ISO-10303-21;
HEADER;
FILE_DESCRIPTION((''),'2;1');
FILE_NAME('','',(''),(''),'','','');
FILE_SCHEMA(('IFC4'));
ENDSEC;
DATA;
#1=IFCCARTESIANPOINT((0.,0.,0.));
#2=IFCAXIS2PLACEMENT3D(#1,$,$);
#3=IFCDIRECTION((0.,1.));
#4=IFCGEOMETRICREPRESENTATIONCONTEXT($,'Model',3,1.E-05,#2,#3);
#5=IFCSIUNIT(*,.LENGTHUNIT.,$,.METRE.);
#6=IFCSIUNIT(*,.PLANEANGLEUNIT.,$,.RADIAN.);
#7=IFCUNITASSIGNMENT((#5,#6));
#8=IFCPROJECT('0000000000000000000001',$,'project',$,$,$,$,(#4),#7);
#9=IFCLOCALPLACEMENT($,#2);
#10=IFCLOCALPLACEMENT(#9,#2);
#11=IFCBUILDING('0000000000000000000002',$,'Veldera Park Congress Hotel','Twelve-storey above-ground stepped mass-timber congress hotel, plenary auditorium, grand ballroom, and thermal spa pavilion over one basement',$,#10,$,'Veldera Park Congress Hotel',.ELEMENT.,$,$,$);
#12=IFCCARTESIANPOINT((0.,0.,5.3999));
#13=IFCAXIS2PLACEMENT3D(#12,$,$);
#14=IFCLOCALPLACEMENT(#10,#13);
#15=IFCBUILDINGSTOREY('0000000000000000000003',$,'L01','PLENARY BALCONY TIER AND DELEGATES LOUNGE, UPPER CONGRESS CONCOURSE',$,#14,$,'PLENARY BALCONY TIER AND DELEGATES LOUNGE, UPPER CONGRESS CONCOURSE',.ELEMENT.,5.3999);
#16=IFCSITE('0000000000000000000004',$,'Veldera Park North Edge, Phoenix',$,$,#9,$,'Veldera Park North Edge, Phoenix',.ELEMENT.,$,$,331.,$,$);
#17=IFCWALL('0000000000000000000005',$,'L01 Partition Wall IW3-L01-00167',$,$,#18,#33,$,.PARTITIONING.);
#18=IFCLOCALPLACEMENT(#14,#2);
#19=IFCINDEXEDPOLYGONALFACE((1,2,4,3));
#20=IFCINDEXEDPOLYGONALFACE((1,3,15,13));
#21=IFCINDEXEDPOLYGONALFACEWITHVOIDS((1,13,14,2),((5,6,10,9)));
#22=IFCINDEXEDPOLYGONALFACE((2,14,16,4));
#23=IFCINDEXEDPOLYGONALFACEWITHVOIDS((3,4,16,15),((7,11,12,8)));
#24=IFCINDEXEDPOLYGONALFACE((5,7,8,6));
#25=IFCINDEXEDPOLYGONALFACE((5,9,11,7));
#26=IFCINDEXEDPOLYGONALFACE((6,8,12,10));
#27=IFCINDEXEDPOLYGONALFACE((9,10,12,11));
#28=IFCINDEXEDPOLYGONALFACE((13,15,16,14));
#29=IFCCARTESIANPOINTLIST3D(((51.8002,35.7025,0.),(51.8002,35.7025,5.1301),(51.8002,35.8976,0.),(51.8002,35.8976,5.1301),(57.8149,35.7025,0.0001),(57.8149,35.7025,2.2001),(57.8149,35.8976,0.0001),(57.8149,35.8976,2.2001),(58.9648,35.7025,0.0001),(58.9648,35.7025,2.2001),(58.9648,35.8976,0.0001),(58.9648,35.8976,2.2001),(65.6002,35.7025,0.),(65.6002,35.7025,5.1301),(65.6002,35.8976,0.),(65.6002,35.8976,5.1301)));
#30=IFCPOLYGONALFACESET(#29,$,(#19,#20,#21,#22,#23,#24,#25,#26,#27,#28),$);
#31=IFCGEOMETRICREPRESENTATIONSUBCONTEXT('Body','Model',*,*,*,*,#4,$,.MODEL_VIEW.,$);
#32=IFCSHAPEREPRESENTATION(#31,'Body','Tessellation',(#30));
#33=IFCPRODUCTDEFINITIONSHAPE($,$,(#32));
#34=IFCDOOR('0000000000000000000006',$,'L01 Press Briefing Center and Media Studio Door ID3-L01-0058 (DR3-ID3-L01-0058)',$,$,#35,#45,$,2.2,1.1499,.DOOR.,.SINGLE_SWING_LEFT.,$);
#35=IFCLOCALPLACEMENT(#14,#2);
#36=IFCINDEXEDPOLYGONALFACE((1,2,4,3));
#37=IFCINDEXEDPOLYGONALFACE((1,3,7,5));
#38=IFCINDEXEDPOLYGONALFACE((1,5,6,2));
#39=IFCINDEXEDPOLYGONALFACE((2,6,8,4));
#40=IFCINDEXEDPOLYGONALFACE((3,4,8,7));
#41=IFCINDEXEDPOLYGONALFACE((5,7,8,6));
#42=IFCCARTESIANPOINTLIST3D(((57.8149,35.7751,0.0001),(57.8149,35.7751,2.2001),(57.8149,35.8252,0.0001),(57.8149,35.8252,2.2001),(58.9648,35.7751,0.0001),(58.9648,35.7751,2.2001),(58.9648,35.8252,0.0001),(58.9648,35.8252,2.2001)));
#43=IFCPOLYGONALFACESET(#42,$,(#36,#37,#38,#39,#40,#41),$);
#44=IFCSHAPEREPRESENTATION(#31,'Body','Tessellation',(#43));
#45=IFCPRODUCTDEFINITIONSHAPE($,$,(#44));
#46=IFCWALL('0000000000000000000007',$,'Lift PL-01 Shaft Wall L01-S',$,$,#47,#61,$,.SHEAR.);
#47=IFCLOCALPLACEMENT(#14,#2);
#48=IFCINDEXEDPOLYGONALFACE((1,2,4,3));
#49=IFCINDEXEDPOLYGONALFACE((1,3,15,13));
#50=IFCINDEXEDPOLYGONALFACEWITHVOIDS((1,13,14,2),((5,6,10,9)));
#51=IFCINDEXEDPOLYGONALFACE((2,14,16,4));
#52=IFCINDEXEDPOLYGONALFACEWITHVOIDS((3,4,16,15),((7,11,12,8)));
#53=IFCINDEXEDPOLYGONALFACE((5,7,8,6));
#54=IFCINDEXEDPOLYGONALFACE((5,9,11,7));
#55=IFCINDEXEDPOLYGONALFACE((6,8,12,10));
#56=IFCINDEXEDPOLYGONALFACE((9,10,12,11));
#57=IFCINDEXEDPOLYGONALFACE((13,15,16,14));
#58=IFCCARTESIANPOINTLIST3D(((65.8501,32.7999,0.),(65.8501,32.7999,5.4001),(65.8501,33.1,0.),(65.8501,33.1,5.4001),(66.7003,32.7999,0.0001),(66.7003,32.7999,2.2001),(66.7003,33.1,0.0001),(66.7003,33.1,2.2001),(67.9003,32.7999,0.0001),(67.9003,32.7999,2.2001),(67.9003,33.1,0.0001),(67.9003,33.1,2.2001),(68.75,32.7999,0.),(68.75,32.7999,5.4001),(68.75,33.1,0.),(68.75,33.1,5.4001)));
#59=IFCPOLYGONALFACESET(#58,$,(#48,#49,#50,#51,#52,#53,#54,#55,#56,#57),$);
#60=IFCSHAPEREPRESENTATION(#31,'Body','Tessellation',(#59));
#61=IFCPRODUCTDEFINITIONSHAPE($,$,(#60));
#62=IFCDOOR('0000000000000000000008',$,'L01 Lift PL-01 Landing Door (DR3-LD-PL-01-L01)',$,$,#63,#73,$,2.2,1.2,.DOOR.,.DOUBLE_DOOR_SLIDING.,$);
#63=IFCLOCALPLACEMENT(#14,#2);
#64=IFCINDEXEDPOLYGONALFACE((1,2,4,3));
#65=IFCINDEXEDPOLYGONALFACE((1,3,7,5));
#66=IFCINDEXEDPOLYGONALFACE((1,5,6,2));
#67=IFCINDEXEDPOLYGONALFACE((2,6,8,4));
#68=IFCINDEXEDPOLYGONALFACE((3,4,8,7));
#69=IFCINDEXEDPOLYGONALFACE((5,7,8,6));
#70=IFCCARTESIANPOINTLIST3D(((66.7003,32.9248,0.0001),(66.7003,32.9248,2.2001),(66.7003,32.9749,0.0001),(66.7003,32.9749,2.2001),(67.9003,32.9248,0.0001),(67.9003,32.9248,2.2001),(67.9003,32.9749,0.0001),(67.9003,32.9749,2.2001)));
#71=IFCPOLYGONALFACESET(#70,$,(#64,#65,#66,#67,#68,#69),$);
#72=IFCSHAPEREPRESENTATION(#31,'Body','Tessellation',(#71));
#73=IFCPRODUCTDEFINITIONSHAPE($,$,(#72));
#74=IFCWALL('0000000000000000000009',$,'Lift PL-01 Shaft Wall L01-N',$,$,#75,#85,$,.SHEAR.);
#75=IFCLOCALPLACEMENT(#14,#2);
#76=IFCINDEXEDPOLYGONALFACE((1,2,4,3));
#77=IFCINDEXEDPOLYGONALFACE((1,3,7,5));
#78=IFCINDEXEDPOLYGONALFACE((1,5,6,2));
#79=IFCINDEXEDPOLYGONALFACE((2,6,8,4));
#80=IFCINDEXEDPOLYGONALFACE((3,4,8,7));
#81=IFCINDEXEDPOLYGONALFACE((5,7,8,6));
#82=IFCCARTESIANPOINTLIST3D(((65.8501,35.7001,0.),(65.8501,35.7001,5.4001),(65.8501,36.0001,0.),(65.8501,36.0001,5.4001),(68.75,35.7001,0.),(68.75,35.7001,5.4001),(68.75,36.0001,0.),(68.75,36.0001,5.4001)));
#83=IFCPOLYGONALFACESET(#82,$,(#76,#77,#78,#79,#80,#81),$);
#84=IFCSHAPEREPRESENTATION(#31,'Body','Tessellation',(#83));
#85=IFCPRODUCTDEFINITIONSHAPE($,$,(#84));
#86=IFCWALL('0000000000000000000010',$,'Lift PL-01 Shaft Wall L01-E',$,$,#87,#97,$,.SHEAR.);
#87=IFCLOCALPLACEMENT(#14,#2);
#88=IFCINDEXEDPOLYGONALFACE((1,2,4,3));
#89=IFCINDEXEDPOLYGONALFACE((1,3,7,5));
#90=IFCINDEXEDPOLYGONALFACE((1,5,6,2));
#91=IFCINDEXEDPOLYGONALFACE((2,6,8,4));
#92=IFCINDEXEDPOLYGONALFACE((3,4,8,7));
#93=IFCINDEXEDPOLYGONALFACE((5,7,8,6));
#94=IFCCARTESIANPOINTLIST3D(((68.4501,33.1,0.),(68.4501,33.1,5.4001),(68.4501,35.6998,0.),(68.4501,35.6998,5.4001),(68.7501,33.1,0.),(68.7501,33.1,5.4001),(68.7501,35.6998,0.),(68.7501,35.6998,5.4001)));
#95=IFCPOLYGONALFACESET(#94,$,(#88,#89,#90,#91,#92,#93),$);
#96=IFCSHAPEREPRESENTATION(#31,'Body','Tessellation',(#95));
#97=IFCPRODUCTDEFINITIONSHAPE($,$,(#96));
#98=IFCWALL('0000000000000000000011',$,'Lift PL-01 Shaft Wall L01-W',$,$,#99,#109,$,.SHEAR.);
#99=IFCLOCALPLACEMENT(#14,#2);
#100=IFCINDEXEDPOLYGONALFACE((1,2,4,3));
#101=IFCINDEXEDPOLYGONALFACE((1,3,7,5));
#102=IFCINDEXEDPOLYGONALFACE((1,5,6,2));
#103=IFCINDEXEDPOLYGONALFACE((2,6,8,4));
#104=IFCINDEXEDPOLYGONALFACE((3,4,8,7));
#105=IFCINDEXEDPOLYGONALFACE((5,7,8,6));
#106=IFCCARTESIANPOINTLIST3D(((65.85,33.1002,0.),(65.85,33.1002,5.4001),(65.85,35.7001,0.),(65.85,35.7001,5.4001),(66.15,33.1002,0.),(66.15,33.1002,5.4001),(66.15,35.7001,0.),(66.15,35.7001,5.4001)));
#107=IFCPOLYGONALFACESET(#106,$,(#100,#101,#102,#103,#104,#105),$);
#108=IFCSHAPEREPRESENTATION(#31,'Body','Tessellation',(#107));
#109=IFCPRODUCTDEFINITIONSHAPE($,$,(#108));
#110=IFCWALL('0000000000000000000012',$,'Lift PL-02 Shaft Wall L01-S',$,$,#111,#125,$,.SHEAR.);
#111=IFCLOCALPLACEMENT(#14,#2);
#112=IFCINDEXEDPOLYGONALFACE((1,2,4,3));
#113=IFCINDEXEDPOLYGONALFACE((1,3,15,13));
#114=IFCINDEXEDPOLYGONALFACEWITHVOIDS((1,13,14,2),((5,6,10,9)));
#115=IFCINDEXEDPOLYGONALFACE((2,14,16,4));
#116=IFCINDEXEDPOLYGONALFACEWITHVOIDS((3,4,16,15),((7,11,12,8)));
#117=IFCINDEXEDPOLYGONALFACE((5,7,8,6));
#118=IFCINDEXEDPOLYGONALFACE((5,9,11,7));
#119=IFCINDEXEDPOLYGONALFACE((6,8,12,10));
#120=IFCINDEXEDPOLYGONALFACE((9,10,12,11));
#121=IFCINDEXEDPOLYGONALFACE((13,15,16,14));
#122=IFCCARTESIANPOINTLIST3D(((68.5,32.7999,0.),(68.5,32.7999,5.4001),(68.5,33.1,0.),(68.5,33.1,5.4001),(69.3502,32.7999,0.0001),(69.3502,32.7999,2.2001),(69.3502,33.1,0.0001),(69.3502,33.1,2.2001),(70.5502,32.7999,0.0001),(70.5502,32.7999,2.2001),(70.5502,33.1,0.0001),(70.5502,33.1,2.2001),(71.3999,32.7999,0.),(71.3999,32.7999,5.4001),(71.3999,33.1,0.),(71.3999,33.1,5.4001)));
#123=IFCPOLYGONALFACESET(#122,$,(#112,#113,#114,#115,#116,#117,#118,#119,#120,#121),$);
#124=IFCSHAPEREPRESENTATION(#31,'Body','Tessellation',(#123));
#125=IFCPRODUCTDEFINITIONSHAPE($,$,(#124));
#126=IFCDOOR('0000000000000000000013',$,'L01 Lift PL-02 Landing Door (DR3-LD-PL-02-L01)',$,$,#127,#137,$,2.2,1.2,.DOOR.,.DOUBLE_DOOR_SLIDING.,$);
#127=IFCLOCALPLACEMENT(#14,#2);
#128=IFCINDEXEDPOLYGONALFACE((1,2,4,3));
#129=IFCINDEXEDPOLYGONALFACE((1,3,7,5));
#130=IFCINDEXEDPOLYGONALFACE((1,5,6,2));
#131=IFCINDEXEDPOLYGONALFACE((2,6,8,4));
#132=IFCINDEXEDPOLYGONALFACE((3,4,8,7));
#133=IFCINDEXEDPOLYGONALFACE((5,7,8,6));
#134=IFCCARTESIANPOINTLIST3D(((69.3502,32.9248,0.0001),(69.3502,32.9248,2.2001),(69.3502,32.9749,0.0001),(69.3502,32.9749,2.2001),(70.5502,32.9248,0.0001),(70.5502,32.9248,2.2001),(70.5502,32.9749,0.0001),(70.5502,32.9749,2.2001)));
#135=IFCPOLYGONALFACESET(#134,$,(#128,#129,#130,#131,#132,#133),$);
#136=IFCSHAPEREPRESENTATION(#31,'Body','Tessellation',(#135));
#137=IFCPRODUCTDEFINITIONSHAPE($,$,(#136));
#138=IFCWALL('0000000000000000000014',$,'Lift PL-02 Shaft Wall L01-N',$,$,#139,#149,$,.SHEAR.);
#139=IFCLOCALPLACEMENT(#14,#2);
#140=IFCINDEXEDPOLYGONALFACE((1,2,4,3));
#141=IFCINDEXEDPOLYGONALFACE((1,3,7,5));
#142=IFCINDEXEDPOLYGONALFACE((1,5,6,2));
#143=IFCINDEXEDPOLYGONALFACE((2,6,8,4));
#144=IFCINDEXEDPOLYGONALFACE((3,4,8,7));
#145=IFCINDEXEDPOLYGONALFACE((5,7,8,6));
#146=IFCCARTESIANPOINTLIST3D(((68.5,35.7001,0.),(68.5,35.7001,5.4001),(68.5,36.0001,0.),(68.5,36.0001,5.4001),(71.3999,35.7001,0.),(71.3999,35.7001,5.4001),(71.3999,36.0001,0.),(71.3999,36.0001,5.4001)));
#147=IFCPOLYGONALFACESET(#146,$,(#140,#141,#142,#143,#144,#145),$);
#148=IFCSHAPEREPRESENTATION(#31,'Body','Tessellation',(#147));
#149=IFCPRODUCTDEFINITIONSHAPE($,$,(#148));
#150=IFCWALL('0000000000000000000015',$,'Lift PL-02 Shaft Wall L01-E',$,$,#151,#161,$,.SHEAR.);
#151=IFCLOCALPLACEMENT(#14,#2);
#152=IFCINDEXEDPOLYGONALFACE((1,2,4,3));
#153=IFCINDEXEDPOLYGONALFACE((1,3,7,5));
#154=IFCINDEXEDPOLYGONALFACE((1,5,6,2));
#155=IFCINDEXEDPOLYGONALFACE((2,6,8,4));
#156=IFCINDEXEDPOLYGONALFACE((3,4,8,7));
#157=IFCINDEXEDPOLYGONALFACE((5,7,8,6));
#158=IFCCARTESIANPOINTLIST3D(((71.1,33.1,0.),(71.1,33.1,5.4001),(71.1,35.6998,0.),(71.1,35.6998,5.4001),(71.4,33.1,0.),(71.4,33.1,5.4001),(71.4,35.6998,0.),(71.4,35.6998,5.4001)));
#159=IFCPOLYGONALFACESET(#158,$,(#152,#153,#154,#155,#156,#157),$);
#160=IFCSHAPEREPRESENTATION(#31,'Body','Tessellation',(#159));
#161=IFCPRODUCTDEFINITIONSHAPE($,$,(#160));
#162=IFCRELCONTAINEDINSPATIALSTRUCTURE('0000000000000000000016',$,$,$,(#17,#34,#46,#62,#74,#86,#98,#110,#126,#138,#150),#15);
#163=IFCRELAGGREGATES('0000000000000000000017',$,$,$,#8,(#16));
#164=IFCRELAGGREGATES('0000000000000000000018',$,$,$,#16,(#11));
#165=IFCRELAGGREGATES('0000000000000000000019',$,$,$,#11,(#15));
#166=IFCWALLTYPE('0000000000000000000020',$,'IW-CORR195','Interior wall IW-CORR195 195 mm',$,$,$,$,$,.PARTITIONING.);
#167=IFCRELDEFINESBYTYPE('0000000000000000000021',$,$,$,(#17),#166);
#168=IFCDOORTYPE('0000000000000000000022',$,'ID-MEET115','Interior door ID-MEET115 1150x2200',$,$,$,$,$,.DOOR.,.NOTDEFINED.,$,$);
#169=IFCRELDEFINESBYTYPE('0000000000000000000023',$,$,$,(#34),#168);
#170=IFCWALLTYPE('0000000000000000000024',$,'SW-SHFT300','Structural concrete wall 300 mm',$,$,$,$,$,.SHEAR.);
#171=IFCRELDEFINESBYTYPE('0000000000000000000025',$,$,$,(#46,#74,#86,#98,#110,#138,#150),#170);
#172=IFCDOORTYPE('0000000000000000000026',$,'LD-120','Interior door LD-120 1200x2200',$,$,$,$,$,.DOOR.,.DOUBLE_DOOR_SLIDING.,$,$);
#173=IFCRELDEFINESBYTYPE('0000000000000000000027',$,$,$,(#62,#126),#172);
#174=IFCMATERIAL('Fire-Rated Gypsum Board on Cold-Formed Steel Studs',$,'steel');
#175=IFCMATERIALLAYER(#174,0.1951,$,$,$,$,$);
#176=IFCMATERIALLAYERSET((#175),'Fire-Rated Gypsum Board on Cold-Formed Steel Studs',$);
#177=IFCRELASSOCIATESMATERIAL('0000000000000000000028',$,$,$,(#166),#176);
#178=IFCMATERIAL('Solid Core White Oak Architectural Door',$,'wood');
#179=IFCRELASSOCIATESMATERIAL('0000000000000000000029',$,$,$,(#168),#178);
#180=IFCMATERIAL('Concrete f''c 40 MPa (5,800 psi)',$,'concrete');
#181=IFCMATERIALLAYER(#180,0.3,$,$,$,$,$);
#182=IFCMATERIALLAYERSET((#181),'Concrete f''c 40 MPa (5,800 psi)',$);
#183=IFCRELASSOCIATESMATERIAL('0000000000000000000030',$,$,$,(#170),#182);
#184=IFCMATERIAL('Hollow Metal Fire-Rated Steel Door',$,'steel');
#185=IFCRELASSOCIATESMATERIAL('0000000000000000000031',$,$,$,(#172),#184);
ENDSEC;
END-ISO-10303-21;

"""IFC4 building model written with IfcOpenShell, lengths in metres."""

from ifc_helpers import new_model, si_unit, direction, frame, frame_2d, origin, place, context, subcontext, project, spatial, rectangle, extrude, material, layer, layer_set, type_object, element, fill, save


model = new_model("IFC4")

# Units and contexts
model_context = context("Model", 3, precision=1e-05, world=origin(), true_north=direction((0.0, 1.0)))
body_context = subcontext(model_context, "Body", "Model", "MODEL_VIEW")
ifc_project = project(units=[si_unit("LENGTHUNIT", "METRE"), si_unit("PLANEANGLEUNIT", "RADIAN")], contexts=[model_context])

# Site, building, storey
site_placement = place(None, origin())
site = spatial("IfcSite", under=ifc_project, at=site_placement, Name="Veldera Park North Edge, Phoenix", LongName="Veldera Park North Edge, Phoenix", CompositionType="ELEMENT", RefElevation=331.0)
building_placement = place(site_placement, origin())
building = spatial("IfcBuilding", under=site, at=building_placement, Name="Veldera Park Congress Hotel", Description="Twelve-storey above-ground stepped mass-timber congress hotel, plenary auditorium, grand ballroom, and thermal spa pavilion over one basement", LongName="Veldera Park Congress Hotel", CompositionType="ELEMENT")
storey_placement = place(building_placement, frame((0.0, 0.0, 5.3999)))
storey = spatial("IfcBuildingStorey", under=building, at=storey_placement, Name="L01", Description="PLENARY BALCONY TIER AND DELEGATES LOUNGE, UPPER CONGRESS CONCOURSE", LongName="PLENARY BALCONY TIER AND DELEGATES LOUNGE, UPPER CONGRESS CONCOURSE", CompositionType="ELEMENT", Elevation=5.3999)

# Shared definitions
ifc_material_1 = material(Name="Concrete f'c 40 MPa (5,800 psi)", Category="concrete")

# Shared definitions
ifc_material_2 = material(Name="Fire-Rated Gypsum Board on Cold-Formed Steel Studs", Category="steel")
ifc_layer_1 = layer(ifc_material_2, 0.1951)
ifc_layer_set_1 = layer_set([ifc_layer_1], Name="Fire-Rated Gypsum Board on Cold-Formed Steel Studs")
wall_type_1 = type_object("IfcWallType", Name="IW-CORR195", Description="Interior wall IW-CORR195 195 mm", PredefinedType="PARTITIONING", material=ifc_layer_set_1)

# Walls, openings, doors
wall_1_placement = place(storey_placement, frame((65.6001, 35.8, 0.0), z_axis=(0.0, 0.0, 1.0), x_axis=(-1.0, 0.0, 0.0)))
wall_1 = element("IfcWall", 1, at=wall_1_placement, inside=storey, type_object=wall_type_1, Name="L01 Partition Wall IW3-L01-00167", PredefinedType="PARTITIONING", context=body_context, shape_type="SweptSolid", body=[
    extrude(rectangle(XDim=13.8, YDim=0.1951, at=frame_2d((6.8999, 0.0))), origin(), (0.0, 0.0, 1.0), 5.1301),
])
opening_1_placement = place(wall_1_placement, frame((6.6353, 0.0, 0.0)))
opening_1 = element("IfcOpeningElement", 2, at=opening_1_placement, cuts=wall_1, PredefinedType="OPENING", context=body_context, shape_type="SweptSolid", body=[
    extrude(rectangle(XDim=1.1499, YDim=2.2, at=frame_2d((0.575, 1.1001))), frame((0.0, 0.1096, 0.0), z_axis=(0.0, -1.0, 0.0), x_axis=(1.0, 0.0, 0.0)), (0.0, 0.0, 1.0), 0.219),
])
ifc_material_3 = material(Name="Solid Core White Oak Architectural Door", Category="wood")
door_type_1 = type_object("IfcDoorType", Name="ID-MEET115", Description="Interior door ID-MEET115 1150x2200", OperationType="NOTDEFINED", PredefinedType="DOOR", material=ifc_material_3)
door_1_placement = place(opening_1_placement, origin())
door_1 = element("IfcDoor", 3, at=door_1_placement, inside=storey, type_object=door_type_1, Name="L01 Press Briefing Center and Media Studio Door ID3-L01-0058 (DR3-ID3-L01-0058)", OperationType="SINGLE_SWING_LEFT", OverallHeight=2.2, OverallWidth=1.1499, PredefinedType="DOOR", context=body_context, shape_type="SweptSolid", body=[
    extrude(rectangle(XDim=1.1499, YDim=2.2, at=frame_2d((0.575, 1.1001))), frame((0.0, 0.0249, 0.0), z_axis=(0.0, -1.0, 0.0), x_axis=(1.0, 0.0, 0.0)), (0.0, 0.0, 1.0), 0.05),
])
fill(opening_1, door_1)
ifc_layer_2 = layer(ifc_material_1, 0.3)
ifc_layer_set_2 = layer_set([ifc_layer_2], Name="Concrete f'c 40 MPa (5,800 psi)")
wall_type_2 = type_object("IfcWallType", Name="SW-SHFT300", Description="Structural concrete wall 300 mm", PredefinedType="SHEAR", material=ifc_layer_set_2)
wall_2_placement = place(storey_placement, frame((65.8501, 32.95, 0.0), z_axis=(0.0, 0.0, 1.0), x_axis=(1.0, 0.0, 0.0)))
wall_2 = element("IfcWall", 4, at=wall_2_placement, inside=storey, type_object=wall_type_2, Name="Lift PL-01 Shaft Wall L01-S", PredefinedType="SHEAR", context=body_context, shape_type="SweptSolid", body=[
    extrude(rectangle(XDim=2.8999, YDim=0.3, at=frame_2d((1.45, 0.0))), origin(), (0.0, 0.0, 1.0), 5.4001),
])
opening_2_placement = place(wall_2_placement, frame((0.8501, 0.0, 0.0)))
opening_2 = element("IfcOpeningElement", 5, at=opening_2_placement, cuts=wall_2, PredefinedType="OPENING", context=body_context, shape_type="SweptSolid", body=[
    extrude(rectangle(XDim=1.2, YDim=2.2, at=frame_2d((0.6001, 1.1001))), frame((0.0, 0.1621, 0.0), z_axis=(0.0, -1.0, 0.0), x_axis=(1.0, 0.0, 0.0)), (0.0, 0.0, 1.0), 0.324),
])
ifc_material_4 = material(Name="Hollow Metal Fire-Rated Steel Door", Category="steel")
door_type_2 = type_object("IfcDoorType", Name="LD-120", Description="Interior door LD-120 1200x2200", OperationType="DOUBLE_DOOR_SLIDING", PredefinedType="DOOR", material=ifc_material_4)
door_2_placement = place(opening_2_placement, origin())
door_2 = element("IfcDoor", 6, at=door_2_placement, inside=storey, type_object=door_type_2, Name="L01 Lift PL-01 Landing Door (DR3-LD-PL-01-L01)", OperationType="DOUBLE_DOOR_SLIDING", OverallHeight=2.2, OverallWidth=1.2, PredefinedType="DOOR", context=body_context, shape_type="SweptSolid", body=[
    extrude(rectangle(XDim=1.2, YDim=2.2, at=frame_2d((0.6001, 1.1001))), frame((0.0, 0.0249, 0.0), z_axis=(0.0, -1.0, 0.0), x_axis=(1.0, 0.0, 0.0)), (0.0, 0.0, 1.0), 0.05),
])
fill(opening_2, door_2)

# Walls
wall_3_placement = place(storey_placement, frame((68.75, 35.8501, 0.0), z_axis=(0.0, 0.0, 1.0), x_axis=(-1.0, 0.0, 0.0)))
element("IfcWall", 7, at=wall_3_placement, inside=storey, type_object=wall_type_2, Name="Lift PL-01 Shaft Wall L01-N", PredefinedType="SHEAR", context=body_context, shape_type="SweptSolid", body=[
    extrude(rectangle(XDim=2.8999, YDim=0.3, at=frame_2d((1.45, 0.0))), origin(), (0.0, 0.0, 1.0), 5.4001),
])
for number, where, z_axis, x_axis, name in (
    (8, (68.6001, 33.1001, 0.0), (0.0, 0.0, 1.0), (0.0, 1.0, 0.0), "Lift PL-01 Shaft Wall L01-E"),
    (9, (66.0, 35.7, 0.0), (0.0, 0.0, 1.0), (0.0, -1.0, 0.0), "Lift PL-01 Shaft Wall L01-W"),
):
    element("IfcWall", number, at=place(storey_placement, frame(where, z_axis=z_axis, x_axis=x_axis)), inside=storey, type_object=wall_type_2, Name=name, PredefinedType="SHEAR", context=body_context, shape_type="SweptSolid", body=[
        extrude(rectangle(XDim=2.5999, YDim=0.3, at=frame_2d((1.2998, 0.0))), origin(), (0.0, 0.0, 1.0), 5.4001),
    ])

# Wall, opening, door
wall_4_placement = place(storey_placement, frame((68.5, 32.95, 0.0), z_axis=(0.0, 0.0, 1.0), x_axis=(1.0, 0.0, 0.0)))
wall_4 = element("IfcWall", 10, at=wall_4_placement, inside=storey, type_object=wall_type_2, Name="Lift PL-02 Shaft Wall L01-S", PredefinedType="SHEAR", context=body_context, shape_type="SweptSolid", body=[
    extrude(rectangle(XDim=2.8999, YDim=0.3, at=frame_2d((1.45, 0.0))), origin(), (0.0, 0.0, 1.0), 5.4001),
])
opening_3_placement = place(wall_4_placement, frame((0.8501, 0.0, 0.0)))
opening_3 = element("IfcOpeningElement", 11, at=opening_3_placement, cuts=wall_4, PredefinedType="OPENING", context=body_context, shape_type="SweptSolid", body=[
    extrude(rectangle(XDim=1.2, YDim=2.2, at=frame_2d((0.6001, 1.1001))), frame((0.0, 0.1621, 0.0), z_axis=(0.0, -1.0, 0.0), x_axis=(1.0, 0.0, 0.0)), (0.0, 0.0, 1.0), 0.324),
])
door_3_placement = place(opening_3_placement, origin())
door_3 = element("IfcDoor", 12, at=door_3_placement, inside=storey, type_object=door_type_2, Name="L01 Lift PL-02 Landing Door (DR3-LD-PL-02-L01)", OperationType="DOUBLE_DOOR_SLIDING", OverallHeight=2.2, OverallWidth=1.2, PredefinedType="DOOR", context=body_context, shape_type="SweptSolid", body=[
    extrude(rectangle(XDim=1.2, YDim=2.2, at=frame_2d((0.6001, 1.1001))), frame((0.0, 0.0249, 0.0), z_axis=(0.0, -1.0, 0.0), x_axis=(1.0, 0.0, 0.0)), (0.0, 0.0, 1.0), 0.05),
])
fill(opening_3, door_3)

# Walls
wall_5_placement = place(storey_placement, frame((71.3999, 35.8501, 0.0), z_axis=(0.0, 0.0, 1.0), x_axis=(-1.0, 0.0, 0.0)))
element("IfcWall", 13, at=wall_5_placement, inside=storey, type_object=wall_type_2, Name="Lift PL-02 Shaft Wall L01-N", PredefinedType="SHEAR", context=body_context, shape_type="SweptSolid", body=[
    extrude(rectangle(XDim=2.8999, YDim=0.3, at=frame_2d((1.45, 0.0))), origin(), (0.0, 0.0, 1.0), 5.4001),
])
wall_6_placement = place(storey_placement, frame((71.25, 33.1001, 0.0), z_axis=(0.0, 0.0, 1.0), x_axis=(0.0, 1.0, 0.0)))
element("IfcWall", 14, at=wall_6_placement, inside=storey, type_object=wall_type_2, Name="Lift PL-02 Shaft Wall L01-E", PredefinedType="SHEAR", context=body_context, shape_type="SweptSolid", body=[
    extrude(rectangle(XDim=2.5999, YDim=0.3, at=frame_2d((1.2998, 0.0))), origin(), (0.0, 0.0, 1.0), 5.4001),
])

save(model, "model.ifc")
